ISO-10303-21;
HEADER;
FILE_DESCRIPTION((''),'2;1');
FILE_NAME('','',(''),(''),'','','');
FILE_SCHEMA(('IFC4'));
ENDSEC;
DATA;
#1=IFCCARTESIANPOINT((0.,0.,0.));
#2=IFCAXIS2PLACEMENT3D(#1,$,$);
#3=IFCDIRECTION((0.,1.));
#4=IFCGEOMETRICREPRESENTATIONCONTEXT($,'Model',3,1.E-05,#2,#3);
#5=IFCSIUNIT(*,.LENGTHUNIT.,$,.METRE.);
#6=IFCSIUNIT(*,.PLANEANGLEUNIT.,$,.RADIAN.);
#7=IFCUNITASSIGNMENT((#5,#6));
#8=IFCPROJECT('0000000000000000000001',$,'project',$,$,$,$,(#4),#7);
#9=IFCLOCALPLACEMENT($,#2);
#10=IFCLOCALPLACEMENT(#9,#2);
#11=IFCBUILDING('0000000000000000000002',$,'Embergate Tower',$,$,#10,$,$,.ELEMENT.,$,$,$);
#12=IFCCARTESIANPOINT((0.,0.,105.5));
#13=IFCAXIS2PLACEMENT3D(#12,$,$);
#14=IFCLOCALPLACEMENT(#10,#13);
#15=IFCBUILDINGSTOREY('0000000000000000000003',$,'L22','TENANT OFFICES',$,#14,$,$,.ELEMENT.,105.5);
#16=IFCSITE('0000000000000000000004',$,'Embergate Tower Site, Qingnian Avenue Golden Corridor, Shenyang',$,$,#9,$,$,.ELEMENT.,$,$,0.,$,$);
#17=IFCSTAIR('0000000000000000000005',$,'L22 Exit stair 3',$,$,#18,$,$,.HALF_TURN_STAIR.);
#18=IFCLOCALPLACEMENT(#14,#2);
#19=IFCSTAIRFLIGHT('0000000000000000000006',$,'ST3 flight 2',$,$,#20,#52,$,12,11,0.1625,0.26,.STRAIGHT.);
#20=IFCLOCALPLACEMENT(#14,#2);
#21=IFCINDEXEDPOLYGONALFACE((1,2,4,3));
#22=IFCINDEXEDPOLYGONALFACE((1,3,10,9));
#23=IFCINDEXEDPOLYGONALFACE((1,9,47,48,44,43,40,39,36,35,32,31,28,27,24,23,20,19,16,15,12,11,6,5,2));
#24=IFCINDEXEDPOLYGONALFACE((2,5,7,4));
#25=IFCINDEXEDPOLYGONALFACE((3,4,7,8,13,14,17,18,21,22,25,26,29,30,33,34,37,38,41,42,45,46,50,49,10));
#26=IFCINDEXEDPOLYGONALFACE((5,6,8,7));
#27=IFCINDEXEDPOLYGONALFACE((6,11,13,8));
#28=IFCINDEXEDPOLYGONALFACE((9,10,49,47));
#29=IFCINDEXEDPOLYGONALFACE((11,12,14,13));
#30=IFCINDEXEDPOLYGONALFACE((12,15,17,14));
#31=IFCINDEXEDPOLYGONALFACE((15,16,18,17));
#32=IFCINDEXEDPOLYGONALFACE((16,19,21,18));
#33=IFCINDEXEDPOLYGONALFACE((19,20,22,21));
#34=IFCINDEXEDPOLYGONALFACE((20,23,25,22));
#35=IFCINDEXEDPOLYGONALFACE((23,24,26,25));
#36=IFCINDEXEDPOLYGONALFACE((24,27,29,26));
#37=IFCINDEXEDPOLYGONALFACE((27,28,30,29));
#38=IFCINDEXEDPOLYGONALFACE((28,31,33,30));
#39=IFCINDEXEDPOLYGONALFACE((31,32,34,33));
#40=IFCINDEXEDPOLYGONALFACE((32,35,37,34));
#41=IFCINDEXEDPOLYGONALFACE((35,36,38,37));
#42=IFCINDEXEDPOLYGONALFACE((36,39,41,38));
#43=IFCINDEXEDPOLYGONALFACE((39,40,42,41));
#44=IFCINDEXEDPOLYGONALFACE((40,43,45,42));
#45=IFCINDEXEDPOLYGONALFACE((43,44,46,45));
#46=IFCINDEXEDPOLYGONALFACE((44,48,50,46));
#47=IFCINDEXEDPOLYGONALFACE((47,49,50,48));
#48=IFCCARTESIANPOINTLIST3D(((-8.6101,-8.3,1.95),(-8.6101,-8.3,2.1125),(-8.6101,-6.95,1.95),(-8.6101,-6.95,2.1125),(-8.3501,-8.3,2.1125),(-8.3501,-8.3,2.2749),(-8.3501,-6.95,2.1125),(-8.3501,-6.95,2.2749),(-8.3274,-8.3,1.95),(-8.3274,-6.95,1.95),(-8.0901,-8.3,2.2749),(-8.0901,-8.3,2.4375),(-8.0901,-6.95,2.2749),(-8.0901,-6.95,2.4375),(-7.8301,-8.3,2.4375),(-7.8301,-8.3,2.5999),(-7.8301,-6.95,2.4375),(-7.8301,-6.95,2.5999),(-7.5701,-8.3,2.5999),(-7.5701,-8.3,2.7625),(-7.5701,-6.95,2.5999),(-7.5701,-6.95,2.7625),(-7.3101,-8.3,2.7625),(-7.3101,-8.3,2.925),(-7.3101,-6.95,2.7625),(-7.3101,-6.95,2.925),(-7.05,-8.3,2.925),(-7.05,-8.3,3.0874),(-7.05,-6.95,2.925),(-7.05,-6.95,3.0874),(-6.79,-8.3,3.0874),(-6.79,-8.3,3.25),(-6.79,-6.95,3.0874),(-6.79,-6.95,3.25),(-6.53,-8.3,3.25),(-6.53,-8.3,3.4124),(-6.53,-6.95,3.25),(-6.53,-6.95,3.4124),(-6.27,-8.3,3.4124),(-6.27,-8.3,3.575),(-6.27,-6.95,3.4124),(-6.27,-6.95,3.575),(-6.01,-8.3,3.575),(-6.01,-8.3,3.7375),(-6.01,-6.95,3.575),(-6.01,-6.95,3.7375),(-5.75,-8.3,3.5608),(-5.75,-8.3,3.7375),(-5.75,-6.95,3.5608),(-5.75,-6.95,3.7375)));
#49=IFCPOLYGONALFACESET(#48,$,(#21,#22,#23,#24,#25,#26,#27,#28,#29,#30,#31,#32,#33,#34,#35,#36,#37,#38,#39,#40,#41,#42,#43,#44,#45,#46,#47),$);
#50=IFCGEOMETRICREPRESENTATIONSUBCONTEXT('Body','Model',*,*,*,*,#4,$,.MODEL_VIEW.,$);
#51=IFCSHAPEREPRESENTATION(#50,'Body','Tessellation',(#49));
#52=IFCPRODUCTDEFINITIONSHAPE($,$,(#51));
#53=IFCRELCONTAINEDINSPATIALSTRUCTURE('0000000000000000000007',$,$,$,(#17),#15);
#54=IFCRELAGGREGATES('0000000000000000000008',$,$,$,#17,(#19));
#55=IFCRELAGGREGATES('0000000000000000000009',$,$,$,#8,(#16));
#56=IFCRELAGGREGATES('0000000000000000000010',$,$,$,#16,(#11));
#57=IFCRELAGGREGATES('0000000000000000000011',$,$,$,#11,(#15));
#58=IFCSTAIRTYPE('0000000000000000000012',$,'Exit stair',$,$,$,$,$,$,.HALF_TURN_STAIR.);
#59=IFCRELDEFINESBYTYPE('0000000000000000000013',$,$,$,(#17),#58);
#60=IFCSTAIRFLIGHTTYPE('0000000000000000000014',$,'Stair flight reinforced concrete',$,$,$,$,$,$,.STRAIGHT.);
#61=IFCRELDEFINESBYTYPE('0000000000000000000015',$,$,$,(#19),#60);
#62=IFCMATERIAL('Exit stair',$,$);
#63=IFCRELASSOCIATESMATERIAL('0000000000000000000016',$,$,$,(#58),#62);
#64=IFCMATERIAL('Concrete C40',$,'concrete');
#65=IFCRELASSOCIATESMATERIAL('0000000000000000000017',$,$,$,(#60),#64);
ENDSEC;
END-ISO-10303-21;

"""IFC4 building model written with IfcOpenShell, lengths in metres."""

from ifc_helpers import new_model, si_unit, direction, frame, origin, place, context, subcontext, project, spatial, polyline, outline, extrude, source, transform, mapped, material, type_object, element, aggregate, save


model = new_model("IFC4")

# Units and contexts
model_context = context("Model", 3, precision=1e-05, world=origin(), true_north=direction((0.0, 1.0)))
body_context = subcontext(model_context, "Body", "Model", "MODEL_VIEW")
ifc_project = project(units=[si_unit("LENGTHUNIT", "METRE"), si_unit("PLANEANGLEUNIT", "RADIAN")], contexts=[model_context])

# Site, building, storey
site_placement = place(None, origin())
site = spatial("IfcSite", under=ifc_project, at=site_placement, Name="Embergate Tower Site, Qingnian Avenue Golden Corridor, Shenyang", CompositionType="ELEMENT", RefElevation=0.0)
building_placement = place(site_placement, origin())
building = spatial("IfcBuilding", under=site, at=building_placement, Name="Embergate Tower", CompositionType="ELEMENT")
storey_placement = place(building_placement, frame((0.0, 0.0, 105.5)))
storey = spatial("IfcBuildingStorey", under=building, at=storey_placement, Name="L22", Description="TENANT OFFICES", CompositionType="ELEMENT", Elevation=105.5)

# Stair
ifc_material_1 = material(Name="Exit stair")
stair_type = type_object("IfcStairType", Name="Exit stair", PredefinedType="HALF_TURN_STAIR", material=ifc_material_1)
stair_placement = place(storey_placement, origin())
stair = element("IfcStair", 1, at=stair_placement, inside=storey, type_object=stair_type, Name="L22 Exit stair 3", PredefinedType="HALF_TURN_STAIR")
ifc_material_2 = material(Name="Concrete C40", Category="concrete")

# Stair flight
stair_flight_type = type_object("IfcStairFlightType", Name="Stair flight reinforced concrete", PredefinedType="STRAIGHT", material=ifc_material_2)
shared_shape_1 = source(origin(), body_context, "Body", "SweptSolid", [
    extrude(outline(polyline([(0.0, 0.0), (0.0, 0.1626), (0.26, 0.1626), (0.26, 0.325), (0.52, 0.325), (0.52, 0.4875), (0.78, 0.4875), (0.78, 0.6499), (1.04, 0.6499), (1.04, 0.8125), (1.3, 0.8125), (1.3, 0.9751), (1.5601, 0.9751), (1.5601, 1.1375), (1.8201, 1.1375), (1.8201, 1.3), (2.0801, 1.3), (2.0801, 1.4624), (2.3401, 1.4624), (2.3401, 1.625), (2.6001, 1.625), (2.6001, 1.7876), (2.8601, 1.7876), (2.8601, 1.95), (2.8601, 1.6108), (0.2827, 0.0), (0.0, 0.0)])), frame((0.0, 0.675, 0.0), z_axis=(0.0, -1.0, 0.0), x_axis=(1.0, 0.0, 0.0)), (0.0, 0.0, 1.0), 1.3501),
])
stair_flight_1_placement = place(storey_placement, frame((-8.6101, -7.625, 1.95), z_axis=(0.0, 0.0, 1.0), x_axis=(1.0, 0.0, 0.0)))
stair_flight_1 = element("IfcStairFlight", 2, at=stair_flight_1_placement, type_object=stair_flight_type, Name="ST3 flight 2", NumberOfRisers=12, NumberOfTreads=11, PredefinedType="STRAIGHT", RiserHeight=0.1625, TreadLength=0.26, context=body_context, shape_type="MappedRepresentation", body=[
    mapped(shared_shape_1, transform((0.0, 0.0, 0.0))),
])
aggregate(stair, [stair_flight_1])

save(model, "model.ifc")
